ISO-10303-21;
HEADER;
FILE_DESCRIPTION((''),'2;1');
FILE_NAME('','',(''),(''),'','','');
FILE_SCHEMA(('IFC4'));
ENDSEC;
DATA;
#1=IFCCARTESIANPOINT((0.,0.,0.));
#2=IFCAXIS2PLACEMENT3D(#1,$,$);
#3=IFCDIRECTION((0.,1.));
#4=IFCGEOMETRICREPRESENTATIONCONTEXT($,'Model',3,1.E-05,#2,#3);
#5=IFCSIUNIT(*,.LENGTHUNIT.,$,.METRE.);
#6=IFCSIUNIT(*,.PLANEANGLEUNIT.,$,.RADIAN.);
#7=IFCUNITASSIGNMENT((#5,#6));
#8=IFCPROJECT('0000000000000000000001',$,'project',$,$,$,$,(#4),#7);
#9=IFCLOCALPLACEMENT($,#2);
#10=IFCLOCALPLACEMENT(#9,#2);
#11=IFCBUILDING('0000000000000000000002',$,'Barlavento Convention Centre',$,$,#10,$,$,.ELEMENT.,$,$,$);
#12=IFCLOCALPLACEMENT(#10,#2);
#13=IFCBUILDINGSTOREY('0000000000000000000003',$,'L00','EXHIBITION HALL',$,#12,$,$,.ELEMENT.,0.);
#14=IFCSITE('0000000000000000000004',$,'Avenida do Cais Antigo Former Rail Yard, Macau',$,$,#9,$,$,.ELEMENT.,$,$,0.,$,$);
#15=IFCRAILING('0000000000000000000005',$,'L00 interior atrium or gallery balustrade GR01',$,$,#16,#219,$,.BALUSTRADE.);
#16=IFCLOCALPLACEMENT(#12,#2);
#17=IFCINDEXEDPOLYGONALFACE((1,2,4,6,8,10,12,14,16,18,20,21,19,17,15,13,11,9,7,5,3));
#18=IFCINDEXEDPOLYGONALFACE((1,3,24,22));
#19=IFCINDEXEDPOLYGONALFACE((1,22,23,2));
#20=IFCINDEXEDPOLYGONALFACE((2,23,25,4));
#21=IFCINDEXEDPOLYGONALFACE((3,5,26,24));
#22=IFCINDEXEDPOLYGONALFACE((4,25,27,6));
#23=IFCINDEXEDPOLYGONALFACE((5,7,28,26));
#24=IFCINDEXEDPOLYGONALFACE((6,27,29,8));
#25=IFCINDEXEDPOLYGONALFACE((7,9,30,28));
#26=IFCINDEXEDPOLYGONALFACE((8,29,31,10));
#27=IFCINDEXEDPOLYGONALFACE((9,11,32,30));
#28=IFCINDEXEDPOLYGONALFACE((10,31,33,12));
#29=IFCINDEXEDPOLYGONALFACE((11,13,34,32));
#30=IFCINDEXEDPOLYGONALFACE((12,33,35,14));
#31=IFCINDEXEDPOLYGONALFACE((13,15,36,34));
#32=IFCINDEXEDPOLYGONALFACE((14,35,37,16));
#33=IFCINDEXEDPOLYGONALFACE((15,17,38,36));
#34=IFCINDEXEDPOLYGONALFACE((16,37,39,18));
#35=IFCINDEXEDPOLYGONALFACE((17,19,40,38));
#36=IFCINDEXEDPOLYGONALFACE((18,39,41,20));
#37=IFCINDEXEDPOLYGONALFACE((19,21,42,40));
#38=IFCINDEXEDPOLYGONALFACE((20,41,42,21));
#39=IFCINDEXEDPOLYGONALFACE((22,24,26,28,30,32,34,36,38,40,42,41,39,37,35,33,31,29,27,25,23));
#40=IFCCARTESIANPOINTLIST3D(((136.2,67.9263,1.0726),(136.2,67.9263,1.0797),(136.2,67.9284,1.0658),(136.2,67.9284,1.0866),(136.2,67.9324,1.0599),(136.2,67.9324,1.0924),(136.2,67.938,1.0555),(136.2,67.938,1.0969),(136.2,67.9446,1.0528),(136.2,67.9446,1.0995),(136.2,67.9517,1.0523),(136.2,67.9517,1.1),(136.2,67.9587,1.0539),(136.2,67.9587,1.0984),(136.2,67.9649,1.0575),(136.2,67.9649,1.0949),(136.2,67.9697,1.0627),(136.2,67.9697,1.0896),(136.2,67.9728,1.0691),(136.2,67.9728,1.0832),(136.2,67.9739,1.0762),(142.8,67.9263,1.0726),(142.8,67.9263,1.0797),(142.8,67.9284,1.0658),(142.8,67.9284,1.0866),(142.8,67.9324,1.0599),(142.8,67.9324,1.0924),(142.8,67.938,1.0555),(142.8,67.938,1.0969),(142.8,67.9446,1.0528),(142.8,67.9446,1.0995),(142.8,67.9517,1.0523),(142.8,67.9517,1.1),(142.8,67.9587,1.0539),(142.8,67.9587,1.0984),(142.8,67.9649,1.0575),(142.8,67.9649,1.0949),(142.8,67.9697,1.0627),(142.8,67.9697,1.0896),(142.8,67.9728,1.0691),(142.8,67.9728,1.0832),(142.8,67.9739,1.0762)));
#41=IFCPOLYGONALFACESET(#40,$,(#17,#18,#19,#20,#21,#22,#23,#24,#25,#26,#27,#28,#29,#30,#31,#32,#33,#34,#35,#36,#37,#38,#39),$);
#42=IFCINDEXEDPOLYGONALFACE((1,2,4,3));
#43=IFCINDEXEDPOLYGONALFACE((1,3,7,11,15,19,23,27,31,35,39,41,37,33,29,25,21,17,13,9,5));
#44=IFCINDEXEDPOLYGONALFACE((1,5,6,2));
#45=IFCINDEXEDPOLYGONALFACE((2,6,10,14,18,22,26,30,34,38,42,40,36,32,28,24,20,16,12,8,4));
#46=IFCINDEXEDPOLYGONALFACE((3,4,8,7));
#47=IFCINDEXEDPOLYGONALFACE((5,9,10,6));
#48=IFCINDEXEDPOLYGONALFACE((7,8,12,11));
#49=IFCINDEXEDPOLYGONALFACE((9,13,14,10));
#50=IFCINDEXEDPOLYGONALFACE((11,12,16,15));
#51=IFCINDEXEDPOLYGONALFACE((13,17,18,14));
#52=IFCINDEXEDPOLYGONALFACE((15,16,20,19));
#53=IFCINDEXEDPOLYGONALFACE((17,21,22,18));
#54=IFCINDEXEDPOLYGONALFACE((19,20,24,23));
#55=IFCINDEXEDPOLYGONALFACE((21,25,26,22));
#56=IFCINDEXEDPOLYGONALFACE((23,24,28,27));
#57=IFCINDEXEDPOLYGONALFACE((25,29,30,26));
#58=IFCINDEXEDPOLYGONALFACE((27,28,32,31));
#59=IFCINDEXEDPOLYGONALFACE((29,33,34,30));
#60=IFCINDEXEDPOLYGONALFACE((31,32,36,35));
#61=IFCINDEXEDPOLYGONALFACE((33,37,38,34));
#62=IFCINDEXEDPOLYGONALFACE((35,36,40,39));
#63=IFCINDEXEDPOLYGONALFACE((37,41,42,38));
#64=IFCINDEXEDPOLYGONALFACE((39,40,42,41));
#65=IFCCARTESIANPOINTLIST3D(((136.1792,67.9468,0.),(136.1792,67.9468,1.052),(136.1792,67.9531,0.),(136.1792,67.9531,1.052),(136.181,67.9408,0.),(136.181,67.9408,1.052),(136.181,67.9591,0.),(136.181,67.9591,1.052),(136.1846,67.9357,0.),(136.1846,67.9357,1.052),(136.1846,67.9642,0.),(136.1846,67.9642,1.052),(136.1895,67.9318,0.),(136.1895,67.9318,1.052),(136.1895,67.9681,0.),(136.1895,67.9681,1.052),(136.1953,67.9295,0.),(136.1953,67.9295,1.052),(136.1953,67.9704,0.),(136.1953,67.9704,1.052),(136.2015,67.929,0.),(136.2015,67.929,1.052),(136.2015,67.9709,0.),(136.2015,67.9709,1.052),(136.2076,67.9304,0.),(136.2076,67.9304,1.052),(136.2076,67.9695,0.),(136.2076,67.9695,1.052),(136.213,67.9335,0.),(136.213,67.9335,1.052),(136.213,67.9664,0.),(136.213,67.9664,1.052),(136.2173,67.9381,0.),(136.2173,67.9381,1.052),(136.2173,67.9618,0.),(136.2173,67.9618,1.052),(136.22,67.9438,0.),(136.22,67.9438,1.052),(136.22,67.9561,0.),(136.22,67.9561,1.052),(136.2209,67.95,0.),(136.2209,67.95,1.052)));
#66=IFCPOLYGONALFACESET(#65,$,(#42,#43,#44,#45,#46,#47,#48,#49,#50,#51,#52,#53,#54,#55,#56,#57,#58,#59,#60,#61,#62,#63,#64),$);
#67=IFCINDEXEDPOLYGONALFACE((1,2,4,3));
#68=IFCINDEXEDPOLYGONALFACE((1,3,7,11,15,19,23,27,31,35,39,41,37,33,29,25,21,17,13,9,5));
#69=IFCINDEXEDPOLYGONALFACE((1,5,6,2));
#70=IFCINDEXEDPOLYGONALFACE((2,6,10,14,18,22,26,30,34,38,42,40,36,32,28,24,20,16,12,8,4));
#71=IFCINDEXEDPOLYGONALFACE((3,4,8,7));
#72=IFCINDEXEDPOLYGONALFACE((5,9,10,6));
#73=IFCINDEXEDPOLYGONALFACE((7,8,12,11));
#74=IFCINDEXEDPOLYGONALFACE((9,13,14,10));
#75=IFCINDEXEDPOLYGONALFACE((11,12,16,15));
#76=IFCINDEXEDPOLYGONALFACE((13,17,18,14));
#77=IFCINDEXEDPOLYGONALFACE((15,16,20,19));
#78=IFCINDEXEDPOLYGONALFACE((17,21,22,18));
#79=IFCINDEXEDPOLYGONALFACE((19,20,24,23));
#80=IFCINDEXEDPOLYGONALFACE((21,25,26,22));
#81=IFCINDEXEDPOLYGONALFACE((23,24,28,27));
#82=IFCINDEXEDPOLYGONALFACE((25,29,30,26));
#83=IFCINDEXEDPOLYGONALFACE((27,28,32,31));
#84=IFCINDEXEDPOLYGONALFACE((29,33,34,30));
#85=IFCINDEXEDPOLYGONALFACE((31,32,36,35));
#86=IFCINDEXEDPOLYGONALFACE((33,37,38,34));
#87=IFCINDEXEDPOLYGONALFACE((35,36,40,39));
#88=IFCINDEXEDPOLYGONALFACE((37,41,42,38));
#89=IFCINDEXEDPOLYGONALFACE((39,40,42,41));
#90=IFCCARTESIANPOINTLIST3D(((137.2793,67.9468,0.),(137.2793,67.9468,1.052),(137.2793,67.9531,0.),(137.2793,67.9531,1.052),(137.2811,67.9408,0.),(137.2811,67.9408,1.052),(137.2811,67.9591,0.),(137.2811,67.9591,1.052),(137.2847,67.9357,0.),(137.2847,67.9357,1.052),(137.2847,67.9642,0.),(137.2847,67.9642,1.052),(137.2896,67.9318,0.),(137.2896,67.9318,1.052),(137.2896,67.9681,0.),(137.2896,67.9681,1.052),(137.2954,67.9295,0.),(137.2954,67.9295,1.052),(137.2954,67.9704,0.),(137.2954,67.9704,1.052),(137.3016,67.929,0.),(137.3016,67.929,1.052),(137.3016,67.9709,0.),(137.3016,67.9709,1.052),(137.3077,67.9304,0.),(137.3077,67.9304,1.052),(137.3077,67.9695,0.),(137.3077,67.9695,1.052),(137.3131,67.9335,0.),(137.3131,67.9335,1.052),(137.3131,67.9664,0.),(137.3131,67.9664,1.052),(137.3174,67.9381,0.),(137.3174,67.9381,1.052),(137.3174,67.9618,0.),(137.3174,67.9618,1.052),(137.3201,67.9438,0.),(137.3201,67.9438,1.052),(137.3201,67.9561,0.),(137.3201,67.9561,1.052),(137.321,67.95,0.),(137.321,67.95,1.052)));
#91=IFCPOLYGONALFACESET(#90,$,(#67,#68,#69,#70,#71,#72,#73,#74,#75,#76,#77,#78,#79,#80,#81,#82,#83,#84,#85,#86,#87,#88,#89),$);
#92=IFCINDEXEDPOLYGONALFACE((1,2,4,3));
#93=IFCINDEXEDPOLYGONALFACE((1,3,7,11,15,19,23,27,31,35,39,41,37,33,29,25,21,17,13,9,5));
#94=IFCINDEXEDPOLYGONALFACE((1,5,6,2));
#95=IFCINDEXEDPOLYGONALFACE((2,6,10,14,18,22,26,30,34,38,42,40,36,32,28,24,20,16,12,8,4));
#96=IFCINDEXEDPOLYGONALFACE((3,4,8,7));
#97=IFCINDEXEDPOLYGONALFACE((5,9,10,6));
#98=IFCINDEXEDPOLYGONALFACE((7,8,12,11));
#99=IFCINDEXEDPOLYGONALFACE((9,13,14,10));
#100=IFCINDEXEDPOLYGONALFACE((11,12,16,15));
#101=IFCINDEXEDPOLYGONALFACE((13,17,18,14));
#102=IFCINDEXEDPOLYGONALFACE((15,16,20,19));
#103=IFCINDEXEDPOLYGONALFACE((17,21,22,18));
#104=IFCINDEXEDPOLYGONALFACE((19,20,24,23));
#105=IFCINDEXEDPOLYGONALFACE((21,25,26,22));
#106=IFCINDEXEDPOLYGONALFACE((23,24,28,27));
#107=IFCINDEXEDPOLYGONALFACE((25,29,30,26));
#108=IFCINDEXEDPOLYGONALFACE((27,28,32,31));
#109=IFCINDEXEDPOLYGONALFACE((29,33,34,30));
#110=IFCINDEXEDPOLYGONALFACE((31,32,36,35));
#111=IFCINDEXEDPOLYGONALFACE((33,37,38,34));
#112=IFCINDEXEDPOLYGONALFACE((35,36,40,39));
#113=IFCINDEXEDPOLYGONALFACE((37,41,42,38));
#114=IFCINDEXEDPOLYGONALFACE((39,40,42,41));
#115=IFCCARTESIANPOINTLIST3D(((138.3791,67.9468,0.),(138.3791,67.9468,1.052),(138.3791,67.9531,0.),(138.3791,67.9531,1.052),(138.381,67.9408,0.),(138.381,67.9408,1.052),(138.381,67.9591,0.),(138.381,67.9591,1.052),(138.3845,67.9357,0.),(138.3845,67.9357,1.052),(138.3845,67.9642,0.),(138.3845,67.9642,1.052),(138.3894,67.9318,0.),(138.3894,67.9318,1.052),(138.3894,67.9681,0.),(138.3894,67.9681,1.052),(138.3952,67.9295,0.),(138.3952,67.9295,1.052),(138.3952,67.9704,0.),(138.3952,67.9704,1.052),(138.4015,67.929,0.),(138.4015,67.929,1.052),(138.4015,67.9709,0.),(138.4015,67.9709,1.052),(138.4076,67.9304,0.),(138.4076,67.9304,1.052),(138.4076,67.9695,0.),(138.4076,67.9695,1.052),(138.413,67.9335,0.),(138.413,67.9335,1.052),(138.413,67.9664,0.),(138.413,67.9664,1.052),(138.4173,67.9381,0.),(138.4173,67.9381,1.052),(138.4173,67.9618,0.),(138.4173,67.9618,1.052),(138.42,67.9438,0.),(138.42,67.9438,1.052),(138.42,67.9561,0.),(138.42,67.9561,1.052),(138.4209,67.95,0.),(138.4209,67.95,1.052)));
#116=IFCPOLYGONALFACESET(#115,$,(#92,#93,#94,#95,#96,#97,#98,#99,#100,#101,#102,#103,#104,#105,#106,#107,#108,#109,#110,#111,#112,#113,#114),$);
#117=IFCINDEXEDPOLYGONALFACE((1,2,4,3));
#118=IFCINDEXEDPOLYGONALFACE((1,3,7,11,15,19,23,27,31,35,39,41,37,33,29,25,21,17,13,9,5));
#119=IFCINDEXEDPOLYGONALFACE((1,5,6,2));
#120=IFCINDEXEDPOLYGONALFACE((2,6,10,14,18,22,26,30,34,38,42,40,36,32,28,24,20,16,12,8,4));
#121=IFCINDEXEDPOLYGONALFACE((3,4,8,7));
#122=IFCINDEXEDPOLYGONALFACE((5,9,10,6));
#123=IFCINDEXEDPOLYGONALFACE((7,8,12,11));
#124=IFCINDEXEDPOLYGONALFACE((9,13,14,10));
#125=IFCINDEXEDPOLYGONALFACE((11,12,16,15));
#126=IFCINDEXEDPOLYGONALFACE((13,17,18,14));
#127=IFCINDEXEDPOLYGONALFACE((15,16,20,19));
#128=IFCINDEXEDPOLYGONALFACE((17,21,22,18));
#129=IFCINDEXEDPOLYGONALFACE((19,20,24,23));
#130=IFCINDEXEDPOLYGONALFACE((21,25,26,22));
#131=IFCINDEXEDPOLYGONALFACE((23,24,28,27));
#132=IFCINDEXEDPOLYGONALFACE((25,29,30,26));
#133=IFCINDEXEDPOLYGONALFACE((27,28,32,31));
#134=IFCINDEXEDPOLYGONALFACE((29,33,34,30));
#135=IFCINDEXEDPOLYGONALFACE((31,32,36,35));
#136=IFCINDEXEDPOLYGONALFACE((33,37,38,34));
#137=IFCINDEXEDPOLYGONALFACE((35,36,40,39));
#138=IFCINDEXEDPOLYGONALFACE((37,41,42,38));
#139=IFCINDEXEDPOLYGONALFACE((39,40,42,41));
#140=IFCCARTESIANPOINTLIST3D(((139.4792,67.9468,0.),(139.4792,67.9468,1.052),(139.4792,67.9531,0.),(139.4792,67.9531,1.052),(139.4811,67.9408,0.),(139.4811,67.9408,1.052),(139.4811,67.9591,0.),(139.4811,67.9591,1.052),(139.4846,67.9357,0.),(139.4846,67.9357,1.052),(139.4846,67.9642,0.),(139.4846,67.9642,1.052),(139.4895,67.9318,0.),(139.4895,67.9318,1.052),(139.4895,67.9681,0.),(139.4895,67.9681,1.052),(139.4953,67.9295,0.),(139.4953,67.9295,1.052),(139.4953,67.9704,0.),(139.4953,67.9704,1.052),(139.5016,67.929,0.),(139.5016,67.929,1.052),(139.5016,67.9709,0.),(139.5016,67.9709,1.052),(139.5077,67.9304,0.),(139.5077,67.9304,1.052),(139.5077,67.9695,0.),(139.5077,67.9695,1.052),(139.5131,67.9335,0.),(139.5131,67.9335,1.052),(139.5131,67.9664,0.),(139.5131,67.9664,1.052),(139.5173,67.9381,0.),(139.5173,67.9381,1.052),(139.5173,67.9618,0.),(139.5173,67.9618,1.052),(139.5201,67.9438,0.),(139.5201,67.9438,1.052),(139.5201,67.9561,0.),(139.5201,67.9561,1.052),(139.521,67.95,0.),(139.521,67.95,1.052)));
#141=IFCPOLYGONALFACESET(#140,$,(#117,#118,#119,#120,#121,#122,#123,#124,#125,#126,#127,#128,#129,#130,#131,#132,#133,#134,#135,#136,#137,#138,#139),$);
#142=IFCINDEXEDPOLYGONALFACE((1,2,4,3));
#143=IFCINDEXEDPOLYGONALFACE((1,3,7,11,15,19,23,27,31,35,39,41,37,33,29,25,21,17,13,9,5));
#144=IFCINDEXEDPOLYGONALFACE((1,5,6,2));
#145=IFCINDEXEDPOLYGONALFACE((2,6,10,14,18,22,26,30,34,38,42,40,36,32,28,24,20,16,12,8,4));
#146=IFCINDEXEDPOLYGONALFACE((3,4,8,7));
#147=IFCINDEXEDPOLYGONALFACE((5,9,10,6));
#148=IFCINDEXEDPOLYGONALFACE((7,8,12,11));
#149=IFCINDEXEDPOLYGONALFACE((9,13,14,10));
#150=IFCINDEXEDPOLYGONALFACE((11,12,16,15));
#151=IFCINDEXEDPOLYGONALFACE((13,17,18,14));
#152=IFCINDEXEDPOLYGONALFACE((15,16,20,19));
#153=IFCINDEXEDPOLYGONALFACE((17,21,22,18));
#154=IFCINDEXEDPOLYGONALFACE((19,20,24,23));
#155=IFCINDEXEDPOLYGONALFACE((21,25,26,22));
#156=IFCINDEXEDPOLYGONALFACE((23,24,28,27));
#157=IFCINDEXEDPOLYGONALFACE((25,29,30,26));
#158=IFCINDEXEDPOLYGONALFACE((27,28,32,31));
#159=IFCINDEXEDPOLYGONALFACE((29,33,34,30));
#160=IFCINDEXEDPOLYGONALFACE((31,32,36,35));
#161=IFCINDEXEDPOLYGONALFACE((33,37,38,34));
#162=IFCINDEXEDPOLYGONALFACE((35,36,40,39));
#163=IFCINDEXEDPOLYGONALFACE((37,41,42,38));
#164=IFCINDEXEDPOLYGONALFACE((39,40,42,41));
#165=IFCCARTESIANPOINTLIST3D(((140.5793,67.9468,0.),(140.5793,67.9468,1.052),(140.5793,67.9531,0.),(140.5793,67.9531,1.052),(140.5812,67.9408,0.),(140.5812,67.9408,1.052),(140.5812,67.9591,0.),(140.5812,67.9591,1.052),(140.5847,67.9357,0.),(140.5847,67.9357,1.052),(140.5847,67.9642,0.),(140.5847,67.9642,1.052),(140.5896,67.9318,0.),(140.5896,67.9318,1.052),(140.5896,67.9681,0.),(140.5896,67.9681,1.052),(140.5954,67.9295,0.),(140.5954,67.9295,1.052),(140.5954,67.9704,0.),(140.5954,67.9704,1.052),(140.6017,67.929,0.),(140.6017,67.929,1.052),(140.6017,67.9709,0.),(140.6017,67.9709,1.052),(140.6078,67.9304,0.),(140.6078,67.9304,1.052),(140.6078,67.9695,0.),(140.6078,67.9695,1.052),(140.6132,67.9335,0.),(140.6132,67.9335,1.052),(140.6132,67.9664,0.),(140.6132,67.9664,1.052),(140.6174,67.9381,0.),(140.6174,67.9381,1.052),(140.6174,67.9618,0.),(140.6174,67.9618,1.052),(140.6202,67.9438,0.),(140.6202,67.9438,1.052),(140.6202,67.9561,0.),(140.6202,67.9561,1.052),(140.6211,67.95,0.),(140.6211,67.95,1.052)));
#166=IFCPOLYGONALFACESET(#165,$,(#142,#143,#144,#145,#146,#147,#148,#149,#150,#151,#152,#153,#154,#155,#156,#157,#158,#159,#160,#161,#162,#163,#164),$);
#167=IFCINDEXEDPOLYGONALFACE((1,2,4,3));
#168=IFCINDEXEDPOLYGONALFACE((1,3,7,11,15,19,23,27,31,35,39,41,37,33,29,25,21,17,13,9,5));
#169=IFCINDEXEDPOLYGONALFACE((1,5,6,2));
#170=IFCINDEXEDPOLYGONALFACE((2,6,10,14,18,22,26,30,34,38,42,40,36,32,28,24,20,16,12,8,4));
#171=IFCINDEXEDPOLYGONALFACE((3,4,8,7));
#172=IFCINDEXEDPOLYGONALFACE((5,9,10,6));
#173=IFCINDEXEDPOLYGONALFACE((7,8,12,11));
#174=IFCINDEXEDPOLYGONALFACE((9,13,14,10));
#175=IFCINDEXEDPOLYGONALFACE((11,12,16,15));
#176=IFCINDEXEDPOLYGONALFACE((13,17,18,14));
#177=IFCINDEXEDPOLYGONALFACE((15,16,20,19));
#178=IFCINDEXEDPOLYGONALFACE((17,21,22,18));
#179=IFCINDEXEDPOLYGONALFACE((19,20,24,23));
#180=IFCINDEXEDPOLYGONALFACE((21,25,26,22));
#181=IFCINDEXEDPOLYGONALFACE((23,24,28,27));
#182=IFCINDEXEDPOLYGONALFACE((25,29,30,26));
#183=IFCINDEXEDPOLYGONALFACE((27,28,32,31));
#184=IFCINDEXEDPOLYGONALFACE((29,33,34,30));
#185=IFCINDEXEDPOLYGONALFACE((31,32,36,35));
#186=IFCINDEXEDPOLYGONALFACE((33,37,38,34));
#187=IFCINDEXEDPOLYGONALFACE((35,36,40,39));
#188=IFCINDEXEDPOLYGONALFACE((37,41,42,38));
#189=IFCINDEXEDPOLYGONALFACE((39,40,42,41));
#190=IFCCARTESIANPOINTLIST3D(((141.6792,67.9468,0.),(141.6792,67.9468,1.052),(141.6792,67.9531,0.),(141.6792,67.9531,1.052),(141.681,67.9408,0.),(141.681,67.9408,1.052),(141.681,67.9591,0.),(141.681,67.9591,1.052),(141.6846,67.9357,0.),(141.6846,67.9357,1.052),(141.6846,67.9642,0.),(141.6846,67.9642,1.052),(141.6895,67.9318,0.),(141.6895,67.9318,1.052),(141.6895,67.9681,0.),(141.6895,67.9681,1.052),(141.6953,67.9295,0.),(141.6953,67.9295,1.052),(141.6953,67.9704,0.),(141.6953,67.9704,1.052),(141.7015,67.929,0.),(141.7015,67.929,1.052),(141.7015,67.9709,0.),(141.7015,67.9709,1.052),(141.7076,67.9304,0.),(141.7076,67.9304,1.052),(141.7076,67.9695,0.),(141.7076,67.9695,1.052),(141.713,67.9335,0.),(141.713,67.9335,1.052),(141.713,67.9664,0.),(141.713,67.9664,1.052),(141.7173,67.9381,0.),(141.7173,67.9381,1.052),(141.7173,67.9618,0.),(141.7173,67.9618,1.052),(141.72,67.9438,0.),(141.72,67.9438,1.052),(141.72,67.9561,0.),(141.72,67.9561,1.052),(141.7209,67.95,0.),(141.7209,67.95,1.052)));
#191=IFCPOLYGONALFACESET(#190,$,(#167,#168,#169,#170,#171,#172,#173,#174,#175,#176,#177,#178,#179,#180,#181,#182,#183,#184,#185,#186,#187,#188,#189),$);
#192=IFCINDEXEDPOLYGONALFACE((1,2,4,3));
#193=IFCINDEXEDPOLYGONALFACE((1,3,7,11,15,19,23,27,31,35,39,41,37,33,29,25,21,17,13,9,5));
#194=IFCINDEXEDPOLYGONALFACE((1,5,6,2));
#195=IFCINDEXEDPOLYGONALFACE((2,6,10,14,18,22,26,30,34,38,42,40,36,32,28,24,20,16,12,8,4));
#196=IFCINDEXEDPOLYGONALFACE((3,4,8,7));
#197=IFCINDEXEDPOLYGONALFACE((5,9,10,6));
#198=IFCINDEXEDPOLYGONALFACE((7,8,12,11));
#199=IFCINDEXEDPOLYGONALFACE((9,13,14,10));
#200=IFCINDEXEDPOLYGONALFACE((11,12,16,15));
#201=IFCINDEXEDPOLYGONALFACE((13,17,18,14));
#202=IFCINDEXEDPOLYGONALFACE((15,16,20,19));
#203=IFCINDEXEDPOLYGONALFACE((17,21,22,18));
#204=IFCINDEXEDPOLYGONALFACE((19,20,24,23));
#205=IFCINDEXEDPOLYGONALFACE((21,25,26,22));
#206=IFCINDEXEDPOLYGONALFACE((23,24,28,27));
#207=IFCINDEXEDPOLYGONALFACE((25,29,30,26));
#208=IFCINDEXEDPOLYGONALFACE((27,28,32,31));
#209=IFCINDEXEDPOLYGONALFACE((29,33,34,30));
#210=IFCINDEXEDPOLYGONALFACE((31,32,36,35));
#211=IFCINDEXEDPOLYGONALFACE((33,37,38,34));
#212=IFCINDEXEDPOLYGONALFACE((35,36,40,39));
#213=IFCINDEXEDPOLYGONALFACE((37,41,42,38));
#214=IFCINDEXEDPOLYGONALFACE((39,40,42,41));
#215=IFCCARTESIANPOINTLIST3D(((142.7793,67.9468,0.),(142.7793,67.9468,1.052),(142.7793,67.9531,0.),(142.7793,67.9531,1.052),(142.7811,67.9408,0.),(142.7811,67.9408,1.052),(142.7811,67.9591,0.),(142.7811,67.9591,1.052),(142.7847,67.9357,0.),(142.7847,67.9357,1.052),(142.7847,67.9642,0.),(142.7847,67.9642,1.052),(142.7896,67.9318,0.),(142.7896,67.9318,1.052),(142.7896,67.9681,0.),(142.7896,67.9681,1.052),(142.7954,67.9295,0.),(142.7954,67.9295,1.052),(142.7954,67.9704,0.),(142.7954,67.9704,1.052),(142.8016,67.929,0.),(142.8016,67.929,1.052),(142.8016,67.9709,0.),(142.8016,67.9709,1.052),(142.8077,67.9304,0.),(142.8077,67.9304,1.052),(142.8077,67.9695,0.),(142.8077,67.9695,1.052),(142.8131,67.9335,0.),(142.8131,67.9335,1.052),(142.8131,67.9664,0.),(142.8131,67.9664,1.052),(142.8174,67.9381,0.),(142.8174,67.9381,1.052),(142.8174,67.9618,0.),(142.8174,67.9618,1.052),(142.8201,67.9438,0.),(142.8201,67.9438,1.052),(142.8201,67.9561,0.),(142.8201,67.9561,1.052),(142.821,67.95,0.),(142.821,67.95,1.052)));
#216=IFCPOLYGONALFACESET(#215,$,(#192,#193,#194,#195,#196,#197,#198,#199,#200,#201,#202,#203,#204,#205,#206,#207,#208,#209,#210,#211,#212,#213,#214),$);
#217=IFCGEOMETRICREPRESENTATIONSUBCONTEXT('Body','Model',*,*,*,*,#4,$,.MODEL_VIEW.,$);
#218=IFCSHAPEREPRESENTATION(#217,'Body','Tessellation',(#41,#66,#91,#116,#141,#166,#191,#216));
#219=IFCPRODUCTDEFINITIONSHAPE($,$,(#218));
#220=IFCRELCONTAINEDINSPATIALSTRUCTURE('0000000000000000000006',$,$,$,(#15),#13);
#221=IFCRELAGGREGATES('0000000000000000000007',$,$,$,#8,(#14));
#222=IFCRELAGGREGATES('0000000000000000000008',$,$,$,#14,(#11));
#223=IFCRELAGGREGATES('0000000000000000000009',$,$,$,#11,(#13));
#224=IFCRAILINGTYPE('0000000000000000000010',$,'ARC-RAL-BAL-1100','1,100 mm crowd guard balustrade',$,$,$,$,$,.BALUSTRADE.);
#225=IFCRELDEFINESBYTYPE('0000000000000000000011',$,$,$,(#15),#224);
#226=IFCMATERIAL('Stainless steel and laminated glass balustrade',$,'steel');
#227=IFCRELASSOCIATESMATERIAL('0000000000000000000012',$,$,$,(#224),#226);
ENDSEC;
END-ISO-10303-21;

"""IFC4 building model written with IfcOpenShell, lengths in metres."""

from ifc_helpers import new_model, si_unit, direction, frame, origin, origin_2d, place, context, subcontext, project, spatial, circle, extrude, material, type_object, element, save


model = new_model("IFC4")

# Units and contexts
model_context = context("Model", 3, precision=1e-05, world=origin(), true_north=direction((0.0, 1.0)))
body_context = subcontext(model_context, "Body", "Model", "MODEL_VIEW")
ifc_project = project(units=[si_unit("LENGTHUNIT", "METRE"), si_unit("PLANEANGLEUNIT", "RADIAN")], contexts=[model_context])

# Site, building, storey
site_placement = place(None, origin())
site = spatial("IfcSite", under=ifc_project, at=site_placement, Name="Avenida do Cais Antigo Former Rail Yard, Macau", CompositionType="ELEMENT", RefElevation=0.0)
building_placement = place(site_placement, origin())
building = spatial("IfcBuilding", under=site, at=building_placement, Name="Barlavento Convention Centre", CompositionType="ELEMENT")
storey_placement = place(building_placement, origin())
storey = spatial("IfcBuildingStorey", under=building, at=storey_placement, Name="L00", Description="EXHIBITION HALL", CompositionType="ELEMENT", Elevation=0.0)

# Railing
ifc_material_1 = material(Name="Stainless steel and laminated glass balustrade", Category="steel")
railing_type = type_object("IfcRailingType", Name="ARC-RAL-BAL-1100", Description="1,100 mm crowd guard balustrade", PredefinedType="BALUSTRADE", material=ifc_material_1)
railing_1_placement = place(storey_placement, frame((136.2, 67.95, 0.0)))
element("IfcRailing", 1, at=railing_1_placement, inside=storey, type_object=railing_type, Name="L00 interior atrium or gallery balustrade GR01", PredefinedType="BALUSTRADE", context=body_context, shape_type="SweptSolid", body=[
    extrude(circle(Radius=0.0239, at=origin_2d()), frame((0.0, 0.0, 1.0762), z_axis=(1.0, 0.0, 0.0), x_axis=(0.0, 1.0, 0.0)), (0.0, 0.0, 1.0), 6.6001),
    extrude(circle(Radius=0.021, at=origin_2d()), origin(), (0.0, 0.0, 1.0), 1.052),
    extrude(circle(Radius=0.021, at=origin_2d()), frame((1.1001, 0.0, 0.0)), (0.0, 0.0, 1.0), 1.052),
    extrude(circle(Radius=0.021, at=origin_2d()), frame((2.2, 0.0, 0.0)), (0.0, 0.0, 1.0), 1.052),
    extrude(circle(Radius=0.021, at=origin_2d()), frame((3.3, 0.0, 0.0)), (0.0, 0.0, 1.0), 1.052),
    extrude(circle(Radius=0.021, at=origin_2d()), frame((4.4001, 0.0, 0.0)), (0.0, 0.0, 1.0), 1.052),
    extrude(circle(Radius=0.021, at=origin_2d()), frame((5.5, 0.0, 0.0)), (0.0, 0.0, 1.0), 1.052),
    extrude(circle(Radius=0.021, at=origin_2d()), frame((6.6001, 0.0, 0.0)), (0.0, 0.0, 1.0), 1.052),
])

save(model, "model.ifc")
